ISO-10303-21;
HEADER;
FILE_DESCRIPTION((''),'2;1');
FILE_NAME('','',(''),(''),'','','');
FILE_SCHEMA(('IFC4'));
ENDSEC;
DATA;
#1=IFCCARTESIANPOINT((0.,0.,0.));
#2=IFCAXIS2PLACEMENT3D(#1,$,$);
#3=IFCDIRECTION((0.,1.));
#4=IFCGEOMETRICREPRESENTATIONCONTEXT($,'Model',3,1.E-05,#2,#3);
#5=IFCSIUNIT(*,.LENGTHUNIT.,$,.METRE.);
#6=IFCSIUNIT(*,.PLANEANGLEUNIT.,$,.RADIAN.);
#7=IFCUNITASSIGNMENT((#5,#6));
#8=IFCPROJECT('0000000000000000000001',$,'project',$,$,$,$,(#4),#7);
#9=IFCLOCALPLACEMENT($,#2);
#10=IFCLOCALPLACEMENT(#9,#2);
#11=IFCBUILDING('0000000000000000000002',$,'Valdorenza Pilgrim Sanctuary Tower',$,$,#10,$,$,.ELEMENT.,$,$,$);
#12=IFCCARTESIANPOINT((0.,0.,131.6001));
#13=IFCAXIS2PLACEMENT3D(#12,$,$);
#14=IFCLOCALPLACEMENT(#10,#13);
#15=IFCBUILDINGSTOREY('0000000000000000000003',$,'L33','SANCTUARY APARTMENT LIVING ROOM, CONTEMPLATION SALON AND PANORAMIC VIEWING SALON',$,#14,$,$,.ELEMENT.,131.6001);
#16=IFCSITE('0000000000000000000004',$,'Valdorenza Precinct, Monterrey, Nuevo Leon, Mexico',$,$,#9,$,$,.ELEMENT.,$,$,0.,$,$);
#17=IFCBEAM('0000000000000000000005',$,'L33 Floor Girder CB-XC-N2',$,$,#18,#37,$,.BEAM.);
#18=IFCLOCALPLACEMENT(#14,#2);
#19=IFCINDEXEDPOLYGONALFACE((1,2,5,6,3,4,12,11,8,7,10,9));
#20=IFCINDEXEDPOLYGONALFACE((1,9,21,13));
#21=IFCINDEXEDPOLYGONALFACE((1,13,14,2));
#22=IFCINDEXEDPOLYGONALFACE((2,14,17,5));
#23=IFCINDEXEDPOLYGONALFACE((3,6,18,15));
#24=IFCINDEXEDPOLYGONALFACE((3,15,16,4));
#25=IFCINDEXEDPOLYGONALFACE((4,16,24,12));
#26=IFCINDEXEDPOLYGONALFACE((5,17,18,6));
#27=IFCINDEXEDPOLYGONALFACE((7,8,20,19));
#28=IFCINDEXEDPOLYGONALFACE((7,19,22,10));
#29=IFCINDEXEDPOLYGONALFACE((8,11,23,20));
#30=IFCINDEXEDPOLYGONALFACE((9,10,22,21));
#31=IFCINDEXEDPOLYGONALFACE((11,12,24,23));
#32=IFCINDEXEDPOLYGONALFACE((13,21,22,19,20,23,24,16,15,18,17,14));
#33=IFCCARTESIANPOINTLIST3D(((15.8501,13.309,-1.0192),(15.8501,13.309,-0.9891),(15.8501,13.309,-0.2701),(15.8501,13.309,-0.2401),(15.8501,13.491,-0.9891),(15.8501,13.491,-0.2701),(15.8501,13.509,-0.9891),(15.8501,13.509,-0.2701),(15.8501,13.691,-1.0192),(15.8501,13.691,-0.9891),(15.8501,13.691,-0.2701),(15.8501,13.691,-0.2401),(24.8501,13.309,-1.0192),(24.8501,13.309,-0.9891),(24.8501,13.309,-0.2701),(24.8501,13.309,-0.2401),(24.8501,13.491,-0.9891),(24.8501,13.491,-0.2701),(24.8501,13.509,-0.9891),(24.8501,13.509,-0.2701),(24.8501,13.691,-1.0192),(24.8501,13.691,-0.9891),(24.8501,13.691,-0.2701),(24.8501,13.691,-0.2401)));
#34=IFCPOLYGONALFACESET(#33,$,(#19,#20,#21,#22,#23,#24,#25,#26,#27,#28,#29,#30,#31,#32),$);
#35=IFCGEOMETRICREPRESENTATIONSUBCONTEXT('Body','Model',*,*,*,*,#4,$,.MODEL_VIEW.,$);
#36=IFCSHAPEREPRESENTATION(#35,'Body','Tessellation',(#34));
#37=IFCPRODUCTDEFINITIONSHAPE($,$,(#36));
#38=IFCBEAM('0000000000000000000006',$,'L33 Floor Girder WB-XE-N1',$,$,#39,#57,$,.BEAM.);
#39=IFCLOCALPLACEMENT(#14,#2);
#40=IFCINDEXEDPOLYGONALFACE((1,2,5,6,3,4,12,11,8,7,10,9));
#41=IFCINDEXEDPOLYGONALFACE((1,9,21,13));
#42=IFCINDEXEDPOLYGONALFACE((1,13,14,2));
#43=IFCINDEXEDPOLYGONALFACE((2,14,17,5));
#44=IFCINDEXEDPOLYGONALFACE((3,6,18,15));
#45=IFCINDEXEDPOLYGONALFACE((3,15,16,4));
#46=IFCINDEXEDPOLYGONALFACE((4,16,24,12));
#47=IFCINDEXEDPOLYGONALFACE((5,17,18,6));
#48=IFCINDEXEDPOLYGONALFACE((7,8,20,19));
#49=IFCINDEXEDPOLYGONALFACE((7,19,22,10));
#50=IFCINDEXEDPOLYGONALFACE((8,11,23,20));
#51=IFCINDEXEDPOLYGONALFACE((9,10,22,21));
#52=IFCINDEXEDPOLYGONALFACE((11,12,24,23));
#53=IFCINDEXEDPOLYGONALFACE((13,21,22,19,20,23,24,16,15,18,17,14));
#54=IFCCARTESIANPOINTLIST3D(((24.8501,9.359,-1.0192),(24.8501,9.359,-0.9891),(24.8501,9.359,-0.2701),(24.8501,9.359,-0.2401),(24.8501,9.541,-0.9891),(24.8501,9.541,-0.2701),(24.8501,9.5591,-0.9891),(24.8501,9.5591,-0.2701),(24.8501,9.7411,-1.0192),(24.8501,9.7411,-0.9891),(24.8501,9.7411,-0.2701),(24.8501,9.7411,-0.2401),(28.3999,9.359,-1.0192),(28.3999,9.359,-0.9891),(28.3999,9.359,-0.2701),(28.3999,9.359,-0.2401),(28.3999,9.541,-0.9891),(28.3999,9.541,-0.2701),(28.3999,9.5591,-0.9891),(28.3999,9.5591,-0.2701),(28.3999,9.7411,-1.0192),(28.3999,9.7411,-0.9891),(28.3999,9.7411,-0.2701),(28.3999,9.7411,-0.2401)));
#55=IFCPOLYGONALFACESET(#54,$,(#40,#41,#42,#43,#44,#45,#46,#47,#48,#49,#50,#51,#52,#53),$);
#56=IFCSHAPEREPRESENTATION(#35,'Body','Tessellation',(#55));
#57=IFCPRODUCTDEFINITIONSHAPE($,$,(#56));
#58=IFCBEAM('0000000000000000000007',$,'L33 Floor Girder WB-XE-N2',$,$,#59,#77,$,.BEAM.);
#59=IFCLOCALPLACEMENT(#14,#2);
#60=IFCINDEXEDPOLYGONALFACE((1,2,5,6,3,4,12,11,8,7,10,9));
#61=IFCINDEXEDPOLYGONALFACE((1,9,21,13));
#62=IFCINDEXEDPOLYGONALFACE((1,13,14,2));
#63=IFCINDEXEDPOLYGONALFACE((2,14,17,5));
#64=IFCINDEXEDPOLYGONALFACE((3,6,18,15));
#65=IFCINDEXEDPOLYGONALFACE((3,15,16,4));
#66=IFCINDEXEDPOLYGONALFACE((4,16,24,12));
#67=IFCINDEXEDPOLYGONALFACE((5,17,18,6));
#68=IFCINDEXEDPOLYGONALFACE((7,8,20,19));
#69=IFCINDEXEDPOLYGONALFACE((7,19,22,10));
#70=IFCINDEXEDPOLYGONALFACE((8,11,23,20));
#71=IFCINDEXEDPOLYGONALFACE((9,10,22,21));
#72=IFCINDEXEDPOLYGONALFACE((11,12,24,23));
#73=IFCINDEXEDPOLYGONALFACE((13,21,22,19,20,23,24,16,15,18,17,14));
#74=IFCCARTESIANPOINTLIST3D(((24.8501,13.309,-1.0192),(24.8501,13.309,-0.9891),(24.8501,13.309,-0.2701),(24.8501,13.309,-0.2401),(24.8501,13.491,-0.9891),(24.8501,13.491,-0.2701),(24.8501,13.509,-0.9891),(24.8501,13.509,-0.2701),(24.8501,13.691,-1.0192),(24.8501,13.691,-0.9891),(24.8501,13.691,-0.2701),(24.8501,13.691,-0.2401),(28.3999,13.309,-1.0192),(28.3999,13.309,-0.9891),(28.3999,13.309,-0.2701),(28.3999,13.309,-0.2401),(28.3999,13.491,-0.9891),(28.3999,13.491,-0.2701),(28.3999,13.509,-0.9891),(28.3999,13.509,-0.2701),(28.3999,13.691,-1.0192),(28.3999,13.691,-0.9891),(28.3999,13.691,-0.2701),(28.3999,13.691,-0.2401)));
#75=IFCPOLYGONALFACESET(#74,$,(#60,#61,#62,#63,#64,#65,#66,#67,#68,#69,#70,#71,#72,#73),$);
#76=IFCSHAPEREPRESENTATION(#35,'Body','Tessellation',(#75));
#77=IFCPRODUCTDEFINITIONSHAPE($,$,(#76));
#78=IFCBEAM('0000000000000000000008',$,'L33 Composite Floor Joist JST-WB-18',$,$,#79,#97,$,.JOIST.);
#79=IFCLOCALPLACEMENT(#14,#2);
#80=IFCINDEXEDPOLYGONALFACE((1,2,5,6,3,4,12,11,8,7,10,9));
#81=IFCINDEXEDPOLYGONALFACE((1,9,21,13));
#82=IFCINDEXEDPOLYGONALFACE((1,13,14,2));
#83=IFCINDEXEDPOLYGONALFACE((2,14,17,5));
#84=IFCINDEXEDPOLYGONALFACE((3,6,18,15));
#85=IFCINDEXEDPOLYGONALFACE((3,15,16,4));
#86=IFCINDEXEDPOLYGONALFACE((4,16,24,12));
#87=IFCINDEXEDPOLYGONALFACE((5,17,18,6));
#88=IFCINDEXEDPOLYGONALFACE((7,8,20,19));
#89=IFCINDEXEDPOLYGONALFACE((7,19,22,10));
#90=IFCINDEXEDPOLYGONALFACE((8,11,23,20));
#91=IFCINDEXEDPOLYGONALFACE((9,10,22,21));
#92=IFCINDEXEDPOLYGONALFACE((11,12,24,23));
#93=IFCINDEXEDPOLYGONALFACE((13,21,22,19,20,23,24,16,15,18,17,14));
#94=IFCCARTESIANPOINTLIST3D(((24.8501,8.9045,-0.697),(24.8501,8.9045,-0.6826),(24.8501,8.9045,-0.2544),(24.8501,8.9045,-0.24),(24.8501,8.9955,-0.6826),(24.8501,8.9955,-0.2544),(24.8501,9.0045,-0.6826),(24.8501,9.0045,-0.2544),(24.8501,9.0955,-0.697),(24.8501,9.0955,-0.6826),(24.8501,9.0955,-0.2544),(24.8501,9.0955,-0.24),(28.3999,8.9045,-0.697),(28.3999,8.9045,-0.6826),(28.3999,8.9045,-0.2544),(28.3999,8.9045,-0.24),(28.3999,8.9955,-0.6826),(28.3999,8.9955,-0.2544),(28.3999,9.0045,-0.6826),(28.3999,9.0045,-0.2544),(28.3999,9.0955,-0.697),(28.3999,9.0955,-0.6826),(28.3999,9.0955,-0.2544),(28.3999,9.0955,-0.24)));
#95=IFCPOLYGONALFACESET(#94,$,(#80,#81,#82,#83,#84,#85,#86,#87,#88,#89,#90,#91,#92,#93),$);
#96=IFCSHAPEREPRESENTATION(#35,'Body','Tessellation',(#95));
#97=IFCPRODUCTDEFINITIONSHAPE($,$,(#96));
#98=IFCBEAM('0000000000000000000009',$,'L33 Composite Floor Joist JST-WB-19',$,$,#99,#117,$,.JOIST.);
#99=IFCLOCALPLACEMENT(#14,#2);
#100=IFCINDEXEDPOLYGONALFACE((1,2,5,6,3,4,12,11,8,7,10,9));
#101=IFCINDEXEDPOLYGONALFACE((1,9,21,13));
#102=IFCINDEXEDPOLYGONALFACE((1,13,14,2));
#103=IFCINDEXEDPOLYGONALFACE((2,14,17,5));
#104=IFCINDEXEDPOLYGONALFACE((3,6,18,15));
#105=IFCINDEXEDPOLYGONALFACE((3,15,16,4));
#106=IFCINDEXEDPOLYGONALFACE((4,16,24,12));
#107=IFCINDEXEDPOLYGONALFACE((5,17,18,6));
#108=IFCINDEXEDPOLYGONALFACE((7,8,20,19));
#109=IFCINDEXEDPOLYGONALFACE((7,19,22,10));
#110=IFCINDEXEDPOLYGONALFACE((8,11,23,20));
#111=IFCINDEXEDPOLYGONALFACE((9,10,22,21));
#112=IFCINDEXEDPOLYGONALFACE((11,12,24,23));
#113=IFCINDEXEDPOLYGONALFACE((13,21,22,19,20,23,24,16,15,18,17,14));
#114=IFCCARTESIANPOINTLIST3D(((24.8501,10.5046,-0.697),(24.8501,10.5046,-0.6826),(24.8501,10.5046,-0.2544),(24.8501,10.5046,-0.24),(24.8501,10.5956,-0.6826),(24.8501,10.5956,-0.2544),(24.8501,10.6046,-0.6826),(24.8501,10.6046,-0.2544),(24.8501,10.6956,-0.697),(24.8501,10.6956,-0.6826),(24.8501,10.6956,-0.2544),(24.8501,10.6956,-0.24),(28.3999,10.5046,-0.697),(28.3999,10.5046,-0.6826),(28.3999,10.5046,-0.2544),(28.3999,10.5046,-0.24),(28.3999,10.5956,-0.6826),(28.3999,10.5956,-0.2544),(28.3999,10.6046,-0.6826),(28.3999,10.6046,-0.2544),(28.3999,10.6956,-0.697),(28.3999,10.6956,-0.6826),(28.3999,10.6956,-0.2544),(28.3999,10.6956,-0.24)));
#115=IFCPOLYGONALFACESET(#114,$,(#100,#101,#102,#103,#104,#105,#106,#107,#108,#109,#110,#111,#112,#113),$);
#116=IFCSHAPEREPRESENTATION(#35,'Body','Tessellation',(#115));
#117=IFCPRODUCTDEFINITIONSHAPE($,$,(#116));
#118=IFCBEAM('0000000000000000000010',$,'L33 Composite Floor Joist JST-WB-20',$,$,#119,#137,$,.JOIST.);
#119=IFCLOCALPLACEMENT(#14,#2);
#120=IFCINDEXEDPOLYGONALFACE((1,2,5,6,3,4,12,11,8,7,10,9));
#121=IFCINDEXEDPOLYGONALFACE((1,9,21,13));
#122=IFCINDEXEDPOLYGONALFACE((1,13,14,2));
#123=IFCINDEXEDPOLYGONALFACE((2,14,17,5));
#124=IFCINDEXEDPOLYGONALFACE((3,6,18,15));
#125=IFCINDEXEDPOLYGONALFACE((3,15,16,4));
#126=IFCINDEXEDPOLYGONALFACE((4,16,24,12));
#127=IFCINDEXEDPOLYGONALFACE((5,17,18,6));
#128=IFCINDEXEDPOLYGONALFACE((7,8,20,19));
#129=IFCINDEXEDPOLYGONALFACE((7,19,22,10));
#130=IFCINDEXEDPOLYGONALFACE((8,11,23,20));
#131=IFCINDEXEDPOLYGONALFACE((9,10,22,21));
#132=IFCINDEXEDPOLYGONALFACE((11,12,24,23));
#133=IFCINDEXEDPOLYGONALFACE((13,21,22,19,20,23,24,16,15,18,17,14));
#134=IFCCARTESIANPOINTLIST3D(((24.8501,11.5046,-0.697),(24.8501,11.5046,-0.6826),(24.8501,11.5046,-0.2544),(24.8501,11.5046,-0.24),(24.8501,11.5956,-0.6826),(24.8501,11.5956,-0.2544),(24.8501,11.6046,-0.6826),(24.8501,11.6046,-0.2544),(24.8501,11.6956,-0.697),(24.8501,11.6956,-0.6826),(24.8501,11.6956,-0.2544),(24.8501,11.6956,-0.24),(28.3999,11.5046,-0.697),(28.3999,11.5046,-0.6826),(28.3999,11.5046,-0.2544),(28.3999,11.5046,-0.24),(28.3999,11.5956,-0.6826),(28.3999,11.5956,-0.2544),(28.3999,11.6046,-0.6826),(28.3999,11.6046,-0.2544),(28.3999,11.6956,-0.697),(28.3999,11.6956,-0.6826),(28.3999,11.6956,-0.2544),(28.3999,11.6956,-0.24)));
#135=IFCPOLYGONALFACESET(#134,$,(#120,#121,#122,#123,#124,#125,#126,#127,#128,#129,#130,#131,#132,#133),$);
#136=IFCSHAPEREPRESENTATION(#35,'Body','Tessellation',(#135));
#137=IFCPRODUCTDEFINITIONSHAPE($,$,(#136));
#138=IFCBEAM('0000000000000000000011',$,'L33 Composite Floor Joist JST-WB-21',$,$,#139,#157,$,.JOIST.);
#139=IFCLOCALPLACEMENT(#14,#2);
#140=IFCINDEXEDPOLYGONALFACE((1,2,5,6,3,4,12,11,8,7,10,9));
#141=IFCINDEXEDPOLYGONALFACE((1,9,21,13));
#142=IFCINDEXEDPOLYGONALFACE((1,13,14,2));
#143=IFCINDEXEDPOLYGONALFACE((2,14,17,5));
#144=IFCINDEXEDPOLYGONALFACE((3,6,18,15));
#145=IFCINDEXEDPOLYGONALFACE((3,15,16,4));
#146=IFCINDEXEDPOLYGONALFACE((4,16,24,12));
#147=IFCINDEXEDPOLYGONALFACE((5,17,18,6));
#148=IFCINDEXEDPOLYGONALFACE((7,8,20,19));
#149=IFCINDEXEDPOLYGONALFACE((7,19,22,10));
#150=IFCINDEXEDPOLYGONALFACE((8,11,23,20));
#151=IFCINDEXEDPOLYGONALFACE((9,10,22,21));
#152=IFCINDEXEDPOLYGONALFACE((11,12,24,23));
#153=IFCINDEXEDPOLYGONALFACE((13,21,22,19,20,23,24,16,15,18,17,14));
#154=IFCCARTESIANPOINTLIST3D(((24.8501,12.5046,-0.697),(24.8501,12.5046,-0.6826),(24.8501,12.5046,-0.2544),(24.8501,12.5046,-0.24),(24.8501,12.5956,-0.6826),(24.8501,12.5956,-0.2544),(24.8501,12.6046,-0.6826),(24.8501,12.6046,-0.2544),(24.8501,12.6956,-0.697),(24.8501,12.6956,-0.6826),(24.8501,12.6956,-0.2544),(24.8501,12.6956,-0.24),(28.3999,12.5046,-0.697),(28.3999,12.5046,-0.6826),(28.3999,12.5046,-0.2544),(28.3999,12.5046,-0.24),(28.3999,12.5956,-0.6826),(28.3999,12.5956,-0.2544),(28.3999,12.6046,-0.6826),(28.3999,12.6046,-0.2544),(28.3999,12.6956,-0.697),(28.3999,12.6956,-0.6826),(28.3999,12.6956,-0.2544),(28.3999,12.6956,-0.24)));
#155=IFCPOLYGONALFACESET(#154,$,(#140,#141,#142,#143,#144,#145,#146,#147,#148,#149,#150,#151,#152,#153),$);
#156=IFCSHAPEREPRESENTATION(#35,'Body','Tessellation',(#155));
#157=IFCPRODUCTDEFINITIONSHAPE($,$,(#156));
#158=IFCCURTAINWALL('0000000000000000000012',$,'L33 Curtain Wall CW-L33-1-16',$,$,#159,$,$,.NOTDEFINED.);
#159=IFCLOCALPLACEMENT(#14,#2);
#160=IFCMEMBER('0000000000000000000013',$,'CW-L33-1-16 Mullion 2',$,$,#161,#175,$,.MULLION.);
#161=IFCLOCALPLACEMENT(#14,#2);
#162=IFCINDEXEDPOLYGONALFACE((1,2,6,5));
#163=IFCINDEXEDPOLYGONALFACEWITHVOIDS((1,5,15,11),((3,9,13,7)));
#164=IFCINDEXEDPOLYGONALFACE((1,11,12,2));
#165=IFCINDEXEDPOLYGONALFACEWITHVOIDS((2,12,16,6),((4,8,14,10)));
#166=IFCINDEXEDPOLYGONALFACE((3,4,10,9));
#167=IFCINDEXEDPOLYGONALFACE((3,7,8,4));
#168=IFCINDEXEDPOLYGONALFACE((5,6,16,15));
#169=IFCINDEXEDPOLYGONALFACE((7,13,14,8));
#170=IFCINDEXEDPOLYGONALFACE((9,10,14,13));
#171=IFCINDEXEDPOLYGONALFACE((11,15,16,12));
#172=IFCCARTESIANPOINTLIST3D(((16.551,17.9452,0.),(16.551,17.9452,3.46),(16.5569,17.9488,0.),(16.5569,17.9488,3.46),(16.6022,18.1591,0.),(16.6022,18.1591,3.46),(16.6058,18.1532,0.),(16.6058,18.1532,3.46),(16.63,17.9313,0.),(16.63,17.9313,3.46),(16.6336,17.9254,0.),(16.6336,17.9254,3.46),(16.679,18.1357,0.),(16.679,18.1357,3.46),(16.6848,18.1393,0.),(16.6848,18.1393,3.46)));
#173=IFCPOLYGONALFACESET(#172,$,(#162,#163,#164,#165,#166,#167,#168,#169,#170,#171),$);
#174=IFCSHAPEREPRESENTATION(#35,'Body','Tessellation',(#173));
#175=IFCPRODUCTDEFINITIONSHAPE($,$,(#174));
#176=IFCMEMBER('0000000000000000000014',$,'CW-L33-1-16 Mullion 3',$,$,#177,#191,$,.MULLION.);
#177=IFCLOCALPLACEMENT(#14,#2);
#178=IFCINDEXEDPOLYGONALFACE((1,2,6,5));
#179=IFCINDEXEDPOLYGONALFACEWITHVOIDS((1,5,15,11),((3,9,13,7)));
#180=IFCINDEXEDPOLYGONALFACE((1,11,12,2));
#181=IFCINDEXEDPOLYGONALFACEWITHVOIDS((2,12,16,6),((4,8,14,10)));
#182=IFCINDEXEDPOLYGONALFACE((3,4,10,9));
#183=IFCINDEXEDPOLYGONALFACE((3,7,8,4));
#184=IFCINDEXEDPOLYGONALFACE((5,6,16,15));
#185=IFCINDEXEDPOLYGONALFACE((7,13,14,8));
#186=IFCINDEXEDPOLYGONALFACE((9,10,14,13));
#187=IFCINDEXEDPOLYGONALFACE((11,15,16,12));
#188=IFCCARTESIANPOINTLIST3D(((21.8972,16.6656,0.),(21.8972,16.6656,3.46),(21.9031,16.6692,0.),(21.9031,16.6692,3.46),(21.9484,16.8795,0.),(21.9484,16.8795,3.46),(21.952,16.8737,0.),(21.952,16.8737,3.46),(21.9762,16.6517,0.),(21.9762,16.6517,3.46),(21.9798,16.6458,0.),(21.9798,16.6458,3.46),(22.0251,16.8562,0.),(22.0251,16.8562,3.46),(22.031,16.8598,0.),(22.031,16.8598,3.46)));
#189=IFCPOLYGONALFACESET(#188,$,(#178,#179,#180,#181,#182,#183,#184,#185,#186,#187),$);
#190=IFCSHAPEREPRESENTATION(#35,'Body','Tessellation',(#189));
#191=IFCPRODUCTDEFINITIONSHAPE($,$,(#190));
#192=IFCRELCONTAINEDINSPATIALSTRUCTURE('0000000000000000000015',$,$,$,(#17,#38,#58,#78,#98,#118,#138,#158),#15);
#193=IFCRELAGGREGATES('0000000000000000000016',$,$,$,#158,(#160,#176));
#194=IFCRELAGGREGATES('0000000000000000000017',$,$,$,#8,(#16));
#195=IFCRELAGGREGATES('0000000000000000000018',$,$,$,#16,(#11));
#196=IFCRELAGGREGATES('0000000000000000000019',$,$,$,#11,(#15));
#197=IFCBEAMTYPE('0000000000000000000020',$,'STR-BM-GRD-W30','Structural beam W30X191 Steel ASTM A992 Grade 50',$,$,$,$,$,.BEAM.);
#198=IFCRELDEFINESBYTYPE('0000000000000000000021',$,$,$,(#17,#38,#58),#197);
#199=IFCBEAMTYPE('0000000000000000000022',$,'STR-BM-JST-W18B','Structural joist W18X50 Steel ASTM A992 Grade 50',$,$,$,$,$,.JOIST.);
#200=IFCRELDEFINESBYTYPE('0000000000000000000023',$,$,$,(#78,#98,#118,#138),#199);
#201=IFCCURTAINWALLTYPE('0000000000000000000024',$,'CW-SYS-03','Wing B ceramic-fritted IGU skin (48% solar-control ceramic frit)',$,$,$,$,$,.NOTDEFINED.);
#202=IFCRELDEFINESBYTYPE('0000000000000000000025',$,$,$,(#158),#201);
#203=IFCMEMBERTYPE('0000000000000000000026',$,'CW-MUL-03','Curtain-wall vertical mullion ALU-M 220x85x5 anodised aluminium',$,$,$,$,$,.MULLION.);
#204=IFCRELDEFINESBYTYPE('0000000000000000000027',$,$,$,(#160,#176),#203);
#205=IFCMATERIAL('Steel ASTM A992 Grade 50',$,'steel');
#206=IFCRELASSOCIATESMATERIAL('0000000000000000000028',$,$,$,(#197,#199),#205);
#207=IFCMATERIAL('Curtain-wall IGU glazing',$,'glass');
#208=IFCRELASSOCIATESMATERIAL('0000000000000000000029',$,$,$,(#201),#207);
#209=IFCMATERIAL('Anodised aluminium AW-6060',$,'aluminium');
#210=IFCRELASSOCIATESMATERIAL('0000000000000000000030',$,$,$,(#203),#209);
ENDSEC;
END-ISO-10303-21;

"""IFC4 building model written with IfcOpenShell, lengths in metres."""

from ifc_helpers import new_model, si_unit, direction, frame, origin, origin_2d, place, context, subcontext, project, spatial, hollow_rectangle, i_section, extrude, source, transform, mapped, material, material_profile, profile_set, type_object, element, aggregate, save


model = new_model("IFC4")

# Units and contexts
model_context = context("Model", 3, precision=1e-05, world=origin(), true_north=direction((0.0, 1.0)))
body_context = subcontext(model_context, "Body", "Model", "MODEL_VIEW")
ifc_project = project(units=[si_unit("LENGTHUNIT", "METRE"), si_unit("PLANEANGLEUNIT", "RADIAN")], contexts=[model_context])

# Site, building, storey
site_placement = place(None, origin())
site = spatial("IfcSite", under=ifc_project, at=site_placement, Name="Valdorenza Precinct, Monterrey, Nuevo Leon, Mexico", CompositionType="ELEMENT", RefElevation=0.0)
building_placement = place(site_placement, origin())
building = spatial("IfcBuilding", under=site, at=building_placement, Name="Valdorenza Pilgrim Sanctuary Tower", CompositionType="ELEMENT")
storey_placement = place(building_placement, frame((0.0, 0.0, 131.6001)))
storey = spatial("IfcBuildingStorey", under=building, at=storey_placement, Name="L33", Description="SANCTUARY APARTMENT LIVING ROOM, CONTEMPLATION SALON AND PANORAMIC VIEWING SALON", CompositionType="ELEMENT", Elevation=131.6001)

# Shared definitions
ifc_material_1 = material(Name="Steel ASTM A992 Grade 50", Category="steel")

# Beams
ifc_material_profile_1 = material_profile(ifc_material_1, i_section(OverallWidth=0.3821, OverallDepth=0.7791, WebThickness=0.0181, FlangeThickness=0.03, at=origin_2d()), Name="W30X191")
ifc_profile_set_1 = profile_set([ifc_material_profile_1], Name="Steel ASTM A992 Grade 50")
beam_type_1 = type_object("IfcBeamType", Name="STR-BM-GRD-W30", Description="Structural beam W30X191 Steel ASTM A992 Grade 50", PredefinedType="BEAM", material=ifc_profile_set_1)
shared_shape_1 = source(origin(), body_context, "Body", "SweptSolid", [
    extrude(i_section(OverallWidth=0.3821, OverallDepth=0.7791, WebThickness=0.0181, FlangeThickness=0.03, at=origin_2d()), origin(), (0.0, 0.0, 1.0), 9.0),
])
for number, where, z_axis, x_axis, name in (
    (1, (15.8501, 13.5, -0.6296), (1.0, 0.0, 0.0), (0.0, 1.0, 0.0), "L33 Floor Girder CB-XC-N2"),
):
    element("IfcBeam", number, at=place(storey_placement, frame(where, z_axis=z_axis, x_axis=x_axis)), inside=storey, type_object=beam_type_1, Name=name, PredefinedType="BEAM", context=body_context, shape_type="MappedRepresentation", body=[
        mapped(shared_shape_1, transform((0.0, 0.0, 0.0), x_axis=(1.0, 0.0, 0.0), y_axis=(0.0, 1.0, 0.0), z_axis=(0.0, 0.0, 1.0), scale=1.0)),
    ])
shared_shape_2 = source(origin(), body_context, "Body", "SweptSolid", [
    extrude(i_section(OverallWidth=0.3821, OverallDepth=0.7791, WebThickness=0.0181, FlangeThickness=0.03, at=origin_2d()), origin(), (0.0, 0.0, 1.0), 3.5498),
])
for number, where, z_axis, x_axis, name in (
    (2, (24.8501, 9.55, -0.6296), (1.0, 0.0, 0.0), (0.0, 1.0, 0.0), "L33 Floor Girder WB-XE-N1"),
    (3, (24.8501, 13.5, -0.6296), (1.0, 0.0, 0.0), (0.0, 1.0, 0.0), "L33 Floor Girder WB-XE-N2"),
):
    element("IfcBeam", number, at=place(storey_placement, frame(where, z_axis=z_axis, x_axis=x_axis)), inside=storey, type_object=beam_type_1, Name=name, PredefinedType="BEAM", context=body_context, shape_type="MappedRepresentation", body=[
        mapped(shared_shape_2, transform((0.0, 0.0, 0.0), x_axis=(1.0, 0.0, 0.0), y_axis=(0.0, 1.0, 0.0), z_axis=(0.0, 0.0, 1.0), scale=1.0)),
    ])
ifc_material_profile_2 = material_profile(ifc_material_1, i_section(OverallWidth=0.1909, OverallDepth=0.457, WebThickness=0.009, FlangeThickness=0.0144, at=origin_2d()), Name="W18X50")
ifc_profile_set_2 = profile_set([ifc_material_profile_2], Name="Steel ASTM A992 Grade 50")
beam_type_2 = type_object("IfcBeamType", Name="STR-BM-JST-W18B", Description="Structural joist W18X50 Steel ASTM A992 Grade 50", PredefinedType="JOIST", material=ifc_profile_set_2)
shared_shape_3 = source(origin(), body_context, "Body", "SweptSolid", [
    extrude(i_section(OverallWidth=0.1909, OverallDepth=0.457, WebThickness=0.009, FlangeThickness=0.0144, at=origin_2d()), origin(), (0.0, 0.0, 1.0), 3.5498),
])
for number, where, z_axis, x_axis, name in (
    (4, (24.8501, 9.0, -0.4685), (1.0, 0.0, 0.0), (0.0, 1.0, 0.0), "L33 Composite Floor Joist JST-WB-18"),
    (5, (24.8501, 10.6001, -0.4685), (1.0, 0.0, 0.0), (0.0, 1.0, 0.0), "L33 Composite Floor Joist JST-WB-19"),
    (6, (24.8501, 11.6001, -0.4685), (1.0, 0.0, 0.0), (0.0, 1.0, 0.0), "L33 Composite Floor Joist JST-WB-20"),
    (7, (24.8501, 12.6001, -0.4685), (1.0, 0.0, 0.0), (0.0, 1.0, 0.0), "L33 Composite Floor Joist JST-WB-21"),
):
    element("IfcBeam", number, at=place(storey_placement, frame(where, z_axis=z_axis, x_axis=x_axis)), inside=storey, type_object=beam_type_2, Name=name, PredefinedType="JOIST", context=body_context, shape_type="MappedRepresentation", body=[
        mapped(shared_shape_3, transform((0.0, 0.0, 0.0), x_axis=(1.0, 0.0, 0.0), y_axis=(0.0, 1.0, 0.0), z_axis=(0.0, 0.0, 1.0), scale=1.0)),
    ])

# Curtain wall, members
ifc_material_2 = material(Name="Curtain-wall IGU glazing", Category="glass")
curtain_wall_type = type_object("IfcCurtainWallType", Name="CW-SYS-03", Description="Wing B ceramic-fritted IGU skin (48% solar-control ceramic frit)", PredefinedType="NOTDEFINED", material=ifc_material_2)
curtain_wall_1_placement = place(storey_placement, origin())
curtain_wall_1 = element("IfcCurtainWall", 8, at=curtain_wall_1_placement, inside=storey, type_object=curtain_wall_type, Name="L33 Curtain Wall CW-L33-1-16", PredefinedType="NOTDEFINED")
ifc_material_3 = material(Name="Anodised aluminium AW-6060", Category="aluminium")
ifc_material_profile_3 = material_profile(ifc_material_3, hollow_rectangle(XDim=0.085, YDim=0.22, WallThickness=0.0049, at=origin_2d()), Name="ALU-M 220x85x5")
ifc_profile_set_3 = profile_set([ifc_material_profile_3], Name="Anodised aluminium AW-6060")
member_type_1 = type_object("IfcMemberType", Name="CW-MUL-03", Description="Curtain-wall vertical mullion ALU-M 220x85x5 anodised aluminium", PredefinedType="MULLION", material=ifc_profile_set_3)
shared_shape_4 = source(origin(), body_context, "Body", "SweptSolid", [
    extrude(hollow_rectangle(XDim=0.085, YDim=0.22, WallThickness=0.0049, at=origin_2d()), origin(), (0.0, 0.0, 1.0), 3.46),
])
member_1_placement = place(storey_placement, frame((16.6179, 18.0422, 0.0), z_axis=(0.0, 0.0, 1.0), x_axis=(0.972529, -0.232783, 0.0)))
member_1 = element("IfcMember", 9, at=member_1_placement, type_object=member_type_1, Name="CW-L33-1-16 Mullion 2", PredefinedType="MULLION", context=body_context, shape_type="MappedRepresentation", body=[
    mapped(shared_shape_4, transform((0.0, 0.0, 0.0), x_axis=(1.0, 0.0, 0.0), y_axis=(0.0, 1.0, 0.0), z_axis=(0.0, 0.0, 1.0), scale=1.0)),
])
member_2_placement = place(storey_placement, frame((21.9641, 16.7627, 0.0), z_axis=(0.0, 0.0, 1.0), x_axis=(0.972529, -0.232783, 0.0)))
member_2 = element("IfcMember", 10, at=member_2_placement, type_object=member_type_1, Name="CW-L33-1-16 Mullion 3", PredefinedType="MULLION", context=body_context, shape_type="MappedRepresentation", body=[
    mapped(shared_shape_4, transform((0.0, 0.0, 0.0), x_axis=(1.0, 0.0, 0.0), y_axis=(0.0, 1.0, 0.0), z_axis=(0.0, 0.0, 1.0), scale=1.0)),
])

aggregate(curtain_wall_1, [member_1, member_2])

save(model, "model.ifc")
